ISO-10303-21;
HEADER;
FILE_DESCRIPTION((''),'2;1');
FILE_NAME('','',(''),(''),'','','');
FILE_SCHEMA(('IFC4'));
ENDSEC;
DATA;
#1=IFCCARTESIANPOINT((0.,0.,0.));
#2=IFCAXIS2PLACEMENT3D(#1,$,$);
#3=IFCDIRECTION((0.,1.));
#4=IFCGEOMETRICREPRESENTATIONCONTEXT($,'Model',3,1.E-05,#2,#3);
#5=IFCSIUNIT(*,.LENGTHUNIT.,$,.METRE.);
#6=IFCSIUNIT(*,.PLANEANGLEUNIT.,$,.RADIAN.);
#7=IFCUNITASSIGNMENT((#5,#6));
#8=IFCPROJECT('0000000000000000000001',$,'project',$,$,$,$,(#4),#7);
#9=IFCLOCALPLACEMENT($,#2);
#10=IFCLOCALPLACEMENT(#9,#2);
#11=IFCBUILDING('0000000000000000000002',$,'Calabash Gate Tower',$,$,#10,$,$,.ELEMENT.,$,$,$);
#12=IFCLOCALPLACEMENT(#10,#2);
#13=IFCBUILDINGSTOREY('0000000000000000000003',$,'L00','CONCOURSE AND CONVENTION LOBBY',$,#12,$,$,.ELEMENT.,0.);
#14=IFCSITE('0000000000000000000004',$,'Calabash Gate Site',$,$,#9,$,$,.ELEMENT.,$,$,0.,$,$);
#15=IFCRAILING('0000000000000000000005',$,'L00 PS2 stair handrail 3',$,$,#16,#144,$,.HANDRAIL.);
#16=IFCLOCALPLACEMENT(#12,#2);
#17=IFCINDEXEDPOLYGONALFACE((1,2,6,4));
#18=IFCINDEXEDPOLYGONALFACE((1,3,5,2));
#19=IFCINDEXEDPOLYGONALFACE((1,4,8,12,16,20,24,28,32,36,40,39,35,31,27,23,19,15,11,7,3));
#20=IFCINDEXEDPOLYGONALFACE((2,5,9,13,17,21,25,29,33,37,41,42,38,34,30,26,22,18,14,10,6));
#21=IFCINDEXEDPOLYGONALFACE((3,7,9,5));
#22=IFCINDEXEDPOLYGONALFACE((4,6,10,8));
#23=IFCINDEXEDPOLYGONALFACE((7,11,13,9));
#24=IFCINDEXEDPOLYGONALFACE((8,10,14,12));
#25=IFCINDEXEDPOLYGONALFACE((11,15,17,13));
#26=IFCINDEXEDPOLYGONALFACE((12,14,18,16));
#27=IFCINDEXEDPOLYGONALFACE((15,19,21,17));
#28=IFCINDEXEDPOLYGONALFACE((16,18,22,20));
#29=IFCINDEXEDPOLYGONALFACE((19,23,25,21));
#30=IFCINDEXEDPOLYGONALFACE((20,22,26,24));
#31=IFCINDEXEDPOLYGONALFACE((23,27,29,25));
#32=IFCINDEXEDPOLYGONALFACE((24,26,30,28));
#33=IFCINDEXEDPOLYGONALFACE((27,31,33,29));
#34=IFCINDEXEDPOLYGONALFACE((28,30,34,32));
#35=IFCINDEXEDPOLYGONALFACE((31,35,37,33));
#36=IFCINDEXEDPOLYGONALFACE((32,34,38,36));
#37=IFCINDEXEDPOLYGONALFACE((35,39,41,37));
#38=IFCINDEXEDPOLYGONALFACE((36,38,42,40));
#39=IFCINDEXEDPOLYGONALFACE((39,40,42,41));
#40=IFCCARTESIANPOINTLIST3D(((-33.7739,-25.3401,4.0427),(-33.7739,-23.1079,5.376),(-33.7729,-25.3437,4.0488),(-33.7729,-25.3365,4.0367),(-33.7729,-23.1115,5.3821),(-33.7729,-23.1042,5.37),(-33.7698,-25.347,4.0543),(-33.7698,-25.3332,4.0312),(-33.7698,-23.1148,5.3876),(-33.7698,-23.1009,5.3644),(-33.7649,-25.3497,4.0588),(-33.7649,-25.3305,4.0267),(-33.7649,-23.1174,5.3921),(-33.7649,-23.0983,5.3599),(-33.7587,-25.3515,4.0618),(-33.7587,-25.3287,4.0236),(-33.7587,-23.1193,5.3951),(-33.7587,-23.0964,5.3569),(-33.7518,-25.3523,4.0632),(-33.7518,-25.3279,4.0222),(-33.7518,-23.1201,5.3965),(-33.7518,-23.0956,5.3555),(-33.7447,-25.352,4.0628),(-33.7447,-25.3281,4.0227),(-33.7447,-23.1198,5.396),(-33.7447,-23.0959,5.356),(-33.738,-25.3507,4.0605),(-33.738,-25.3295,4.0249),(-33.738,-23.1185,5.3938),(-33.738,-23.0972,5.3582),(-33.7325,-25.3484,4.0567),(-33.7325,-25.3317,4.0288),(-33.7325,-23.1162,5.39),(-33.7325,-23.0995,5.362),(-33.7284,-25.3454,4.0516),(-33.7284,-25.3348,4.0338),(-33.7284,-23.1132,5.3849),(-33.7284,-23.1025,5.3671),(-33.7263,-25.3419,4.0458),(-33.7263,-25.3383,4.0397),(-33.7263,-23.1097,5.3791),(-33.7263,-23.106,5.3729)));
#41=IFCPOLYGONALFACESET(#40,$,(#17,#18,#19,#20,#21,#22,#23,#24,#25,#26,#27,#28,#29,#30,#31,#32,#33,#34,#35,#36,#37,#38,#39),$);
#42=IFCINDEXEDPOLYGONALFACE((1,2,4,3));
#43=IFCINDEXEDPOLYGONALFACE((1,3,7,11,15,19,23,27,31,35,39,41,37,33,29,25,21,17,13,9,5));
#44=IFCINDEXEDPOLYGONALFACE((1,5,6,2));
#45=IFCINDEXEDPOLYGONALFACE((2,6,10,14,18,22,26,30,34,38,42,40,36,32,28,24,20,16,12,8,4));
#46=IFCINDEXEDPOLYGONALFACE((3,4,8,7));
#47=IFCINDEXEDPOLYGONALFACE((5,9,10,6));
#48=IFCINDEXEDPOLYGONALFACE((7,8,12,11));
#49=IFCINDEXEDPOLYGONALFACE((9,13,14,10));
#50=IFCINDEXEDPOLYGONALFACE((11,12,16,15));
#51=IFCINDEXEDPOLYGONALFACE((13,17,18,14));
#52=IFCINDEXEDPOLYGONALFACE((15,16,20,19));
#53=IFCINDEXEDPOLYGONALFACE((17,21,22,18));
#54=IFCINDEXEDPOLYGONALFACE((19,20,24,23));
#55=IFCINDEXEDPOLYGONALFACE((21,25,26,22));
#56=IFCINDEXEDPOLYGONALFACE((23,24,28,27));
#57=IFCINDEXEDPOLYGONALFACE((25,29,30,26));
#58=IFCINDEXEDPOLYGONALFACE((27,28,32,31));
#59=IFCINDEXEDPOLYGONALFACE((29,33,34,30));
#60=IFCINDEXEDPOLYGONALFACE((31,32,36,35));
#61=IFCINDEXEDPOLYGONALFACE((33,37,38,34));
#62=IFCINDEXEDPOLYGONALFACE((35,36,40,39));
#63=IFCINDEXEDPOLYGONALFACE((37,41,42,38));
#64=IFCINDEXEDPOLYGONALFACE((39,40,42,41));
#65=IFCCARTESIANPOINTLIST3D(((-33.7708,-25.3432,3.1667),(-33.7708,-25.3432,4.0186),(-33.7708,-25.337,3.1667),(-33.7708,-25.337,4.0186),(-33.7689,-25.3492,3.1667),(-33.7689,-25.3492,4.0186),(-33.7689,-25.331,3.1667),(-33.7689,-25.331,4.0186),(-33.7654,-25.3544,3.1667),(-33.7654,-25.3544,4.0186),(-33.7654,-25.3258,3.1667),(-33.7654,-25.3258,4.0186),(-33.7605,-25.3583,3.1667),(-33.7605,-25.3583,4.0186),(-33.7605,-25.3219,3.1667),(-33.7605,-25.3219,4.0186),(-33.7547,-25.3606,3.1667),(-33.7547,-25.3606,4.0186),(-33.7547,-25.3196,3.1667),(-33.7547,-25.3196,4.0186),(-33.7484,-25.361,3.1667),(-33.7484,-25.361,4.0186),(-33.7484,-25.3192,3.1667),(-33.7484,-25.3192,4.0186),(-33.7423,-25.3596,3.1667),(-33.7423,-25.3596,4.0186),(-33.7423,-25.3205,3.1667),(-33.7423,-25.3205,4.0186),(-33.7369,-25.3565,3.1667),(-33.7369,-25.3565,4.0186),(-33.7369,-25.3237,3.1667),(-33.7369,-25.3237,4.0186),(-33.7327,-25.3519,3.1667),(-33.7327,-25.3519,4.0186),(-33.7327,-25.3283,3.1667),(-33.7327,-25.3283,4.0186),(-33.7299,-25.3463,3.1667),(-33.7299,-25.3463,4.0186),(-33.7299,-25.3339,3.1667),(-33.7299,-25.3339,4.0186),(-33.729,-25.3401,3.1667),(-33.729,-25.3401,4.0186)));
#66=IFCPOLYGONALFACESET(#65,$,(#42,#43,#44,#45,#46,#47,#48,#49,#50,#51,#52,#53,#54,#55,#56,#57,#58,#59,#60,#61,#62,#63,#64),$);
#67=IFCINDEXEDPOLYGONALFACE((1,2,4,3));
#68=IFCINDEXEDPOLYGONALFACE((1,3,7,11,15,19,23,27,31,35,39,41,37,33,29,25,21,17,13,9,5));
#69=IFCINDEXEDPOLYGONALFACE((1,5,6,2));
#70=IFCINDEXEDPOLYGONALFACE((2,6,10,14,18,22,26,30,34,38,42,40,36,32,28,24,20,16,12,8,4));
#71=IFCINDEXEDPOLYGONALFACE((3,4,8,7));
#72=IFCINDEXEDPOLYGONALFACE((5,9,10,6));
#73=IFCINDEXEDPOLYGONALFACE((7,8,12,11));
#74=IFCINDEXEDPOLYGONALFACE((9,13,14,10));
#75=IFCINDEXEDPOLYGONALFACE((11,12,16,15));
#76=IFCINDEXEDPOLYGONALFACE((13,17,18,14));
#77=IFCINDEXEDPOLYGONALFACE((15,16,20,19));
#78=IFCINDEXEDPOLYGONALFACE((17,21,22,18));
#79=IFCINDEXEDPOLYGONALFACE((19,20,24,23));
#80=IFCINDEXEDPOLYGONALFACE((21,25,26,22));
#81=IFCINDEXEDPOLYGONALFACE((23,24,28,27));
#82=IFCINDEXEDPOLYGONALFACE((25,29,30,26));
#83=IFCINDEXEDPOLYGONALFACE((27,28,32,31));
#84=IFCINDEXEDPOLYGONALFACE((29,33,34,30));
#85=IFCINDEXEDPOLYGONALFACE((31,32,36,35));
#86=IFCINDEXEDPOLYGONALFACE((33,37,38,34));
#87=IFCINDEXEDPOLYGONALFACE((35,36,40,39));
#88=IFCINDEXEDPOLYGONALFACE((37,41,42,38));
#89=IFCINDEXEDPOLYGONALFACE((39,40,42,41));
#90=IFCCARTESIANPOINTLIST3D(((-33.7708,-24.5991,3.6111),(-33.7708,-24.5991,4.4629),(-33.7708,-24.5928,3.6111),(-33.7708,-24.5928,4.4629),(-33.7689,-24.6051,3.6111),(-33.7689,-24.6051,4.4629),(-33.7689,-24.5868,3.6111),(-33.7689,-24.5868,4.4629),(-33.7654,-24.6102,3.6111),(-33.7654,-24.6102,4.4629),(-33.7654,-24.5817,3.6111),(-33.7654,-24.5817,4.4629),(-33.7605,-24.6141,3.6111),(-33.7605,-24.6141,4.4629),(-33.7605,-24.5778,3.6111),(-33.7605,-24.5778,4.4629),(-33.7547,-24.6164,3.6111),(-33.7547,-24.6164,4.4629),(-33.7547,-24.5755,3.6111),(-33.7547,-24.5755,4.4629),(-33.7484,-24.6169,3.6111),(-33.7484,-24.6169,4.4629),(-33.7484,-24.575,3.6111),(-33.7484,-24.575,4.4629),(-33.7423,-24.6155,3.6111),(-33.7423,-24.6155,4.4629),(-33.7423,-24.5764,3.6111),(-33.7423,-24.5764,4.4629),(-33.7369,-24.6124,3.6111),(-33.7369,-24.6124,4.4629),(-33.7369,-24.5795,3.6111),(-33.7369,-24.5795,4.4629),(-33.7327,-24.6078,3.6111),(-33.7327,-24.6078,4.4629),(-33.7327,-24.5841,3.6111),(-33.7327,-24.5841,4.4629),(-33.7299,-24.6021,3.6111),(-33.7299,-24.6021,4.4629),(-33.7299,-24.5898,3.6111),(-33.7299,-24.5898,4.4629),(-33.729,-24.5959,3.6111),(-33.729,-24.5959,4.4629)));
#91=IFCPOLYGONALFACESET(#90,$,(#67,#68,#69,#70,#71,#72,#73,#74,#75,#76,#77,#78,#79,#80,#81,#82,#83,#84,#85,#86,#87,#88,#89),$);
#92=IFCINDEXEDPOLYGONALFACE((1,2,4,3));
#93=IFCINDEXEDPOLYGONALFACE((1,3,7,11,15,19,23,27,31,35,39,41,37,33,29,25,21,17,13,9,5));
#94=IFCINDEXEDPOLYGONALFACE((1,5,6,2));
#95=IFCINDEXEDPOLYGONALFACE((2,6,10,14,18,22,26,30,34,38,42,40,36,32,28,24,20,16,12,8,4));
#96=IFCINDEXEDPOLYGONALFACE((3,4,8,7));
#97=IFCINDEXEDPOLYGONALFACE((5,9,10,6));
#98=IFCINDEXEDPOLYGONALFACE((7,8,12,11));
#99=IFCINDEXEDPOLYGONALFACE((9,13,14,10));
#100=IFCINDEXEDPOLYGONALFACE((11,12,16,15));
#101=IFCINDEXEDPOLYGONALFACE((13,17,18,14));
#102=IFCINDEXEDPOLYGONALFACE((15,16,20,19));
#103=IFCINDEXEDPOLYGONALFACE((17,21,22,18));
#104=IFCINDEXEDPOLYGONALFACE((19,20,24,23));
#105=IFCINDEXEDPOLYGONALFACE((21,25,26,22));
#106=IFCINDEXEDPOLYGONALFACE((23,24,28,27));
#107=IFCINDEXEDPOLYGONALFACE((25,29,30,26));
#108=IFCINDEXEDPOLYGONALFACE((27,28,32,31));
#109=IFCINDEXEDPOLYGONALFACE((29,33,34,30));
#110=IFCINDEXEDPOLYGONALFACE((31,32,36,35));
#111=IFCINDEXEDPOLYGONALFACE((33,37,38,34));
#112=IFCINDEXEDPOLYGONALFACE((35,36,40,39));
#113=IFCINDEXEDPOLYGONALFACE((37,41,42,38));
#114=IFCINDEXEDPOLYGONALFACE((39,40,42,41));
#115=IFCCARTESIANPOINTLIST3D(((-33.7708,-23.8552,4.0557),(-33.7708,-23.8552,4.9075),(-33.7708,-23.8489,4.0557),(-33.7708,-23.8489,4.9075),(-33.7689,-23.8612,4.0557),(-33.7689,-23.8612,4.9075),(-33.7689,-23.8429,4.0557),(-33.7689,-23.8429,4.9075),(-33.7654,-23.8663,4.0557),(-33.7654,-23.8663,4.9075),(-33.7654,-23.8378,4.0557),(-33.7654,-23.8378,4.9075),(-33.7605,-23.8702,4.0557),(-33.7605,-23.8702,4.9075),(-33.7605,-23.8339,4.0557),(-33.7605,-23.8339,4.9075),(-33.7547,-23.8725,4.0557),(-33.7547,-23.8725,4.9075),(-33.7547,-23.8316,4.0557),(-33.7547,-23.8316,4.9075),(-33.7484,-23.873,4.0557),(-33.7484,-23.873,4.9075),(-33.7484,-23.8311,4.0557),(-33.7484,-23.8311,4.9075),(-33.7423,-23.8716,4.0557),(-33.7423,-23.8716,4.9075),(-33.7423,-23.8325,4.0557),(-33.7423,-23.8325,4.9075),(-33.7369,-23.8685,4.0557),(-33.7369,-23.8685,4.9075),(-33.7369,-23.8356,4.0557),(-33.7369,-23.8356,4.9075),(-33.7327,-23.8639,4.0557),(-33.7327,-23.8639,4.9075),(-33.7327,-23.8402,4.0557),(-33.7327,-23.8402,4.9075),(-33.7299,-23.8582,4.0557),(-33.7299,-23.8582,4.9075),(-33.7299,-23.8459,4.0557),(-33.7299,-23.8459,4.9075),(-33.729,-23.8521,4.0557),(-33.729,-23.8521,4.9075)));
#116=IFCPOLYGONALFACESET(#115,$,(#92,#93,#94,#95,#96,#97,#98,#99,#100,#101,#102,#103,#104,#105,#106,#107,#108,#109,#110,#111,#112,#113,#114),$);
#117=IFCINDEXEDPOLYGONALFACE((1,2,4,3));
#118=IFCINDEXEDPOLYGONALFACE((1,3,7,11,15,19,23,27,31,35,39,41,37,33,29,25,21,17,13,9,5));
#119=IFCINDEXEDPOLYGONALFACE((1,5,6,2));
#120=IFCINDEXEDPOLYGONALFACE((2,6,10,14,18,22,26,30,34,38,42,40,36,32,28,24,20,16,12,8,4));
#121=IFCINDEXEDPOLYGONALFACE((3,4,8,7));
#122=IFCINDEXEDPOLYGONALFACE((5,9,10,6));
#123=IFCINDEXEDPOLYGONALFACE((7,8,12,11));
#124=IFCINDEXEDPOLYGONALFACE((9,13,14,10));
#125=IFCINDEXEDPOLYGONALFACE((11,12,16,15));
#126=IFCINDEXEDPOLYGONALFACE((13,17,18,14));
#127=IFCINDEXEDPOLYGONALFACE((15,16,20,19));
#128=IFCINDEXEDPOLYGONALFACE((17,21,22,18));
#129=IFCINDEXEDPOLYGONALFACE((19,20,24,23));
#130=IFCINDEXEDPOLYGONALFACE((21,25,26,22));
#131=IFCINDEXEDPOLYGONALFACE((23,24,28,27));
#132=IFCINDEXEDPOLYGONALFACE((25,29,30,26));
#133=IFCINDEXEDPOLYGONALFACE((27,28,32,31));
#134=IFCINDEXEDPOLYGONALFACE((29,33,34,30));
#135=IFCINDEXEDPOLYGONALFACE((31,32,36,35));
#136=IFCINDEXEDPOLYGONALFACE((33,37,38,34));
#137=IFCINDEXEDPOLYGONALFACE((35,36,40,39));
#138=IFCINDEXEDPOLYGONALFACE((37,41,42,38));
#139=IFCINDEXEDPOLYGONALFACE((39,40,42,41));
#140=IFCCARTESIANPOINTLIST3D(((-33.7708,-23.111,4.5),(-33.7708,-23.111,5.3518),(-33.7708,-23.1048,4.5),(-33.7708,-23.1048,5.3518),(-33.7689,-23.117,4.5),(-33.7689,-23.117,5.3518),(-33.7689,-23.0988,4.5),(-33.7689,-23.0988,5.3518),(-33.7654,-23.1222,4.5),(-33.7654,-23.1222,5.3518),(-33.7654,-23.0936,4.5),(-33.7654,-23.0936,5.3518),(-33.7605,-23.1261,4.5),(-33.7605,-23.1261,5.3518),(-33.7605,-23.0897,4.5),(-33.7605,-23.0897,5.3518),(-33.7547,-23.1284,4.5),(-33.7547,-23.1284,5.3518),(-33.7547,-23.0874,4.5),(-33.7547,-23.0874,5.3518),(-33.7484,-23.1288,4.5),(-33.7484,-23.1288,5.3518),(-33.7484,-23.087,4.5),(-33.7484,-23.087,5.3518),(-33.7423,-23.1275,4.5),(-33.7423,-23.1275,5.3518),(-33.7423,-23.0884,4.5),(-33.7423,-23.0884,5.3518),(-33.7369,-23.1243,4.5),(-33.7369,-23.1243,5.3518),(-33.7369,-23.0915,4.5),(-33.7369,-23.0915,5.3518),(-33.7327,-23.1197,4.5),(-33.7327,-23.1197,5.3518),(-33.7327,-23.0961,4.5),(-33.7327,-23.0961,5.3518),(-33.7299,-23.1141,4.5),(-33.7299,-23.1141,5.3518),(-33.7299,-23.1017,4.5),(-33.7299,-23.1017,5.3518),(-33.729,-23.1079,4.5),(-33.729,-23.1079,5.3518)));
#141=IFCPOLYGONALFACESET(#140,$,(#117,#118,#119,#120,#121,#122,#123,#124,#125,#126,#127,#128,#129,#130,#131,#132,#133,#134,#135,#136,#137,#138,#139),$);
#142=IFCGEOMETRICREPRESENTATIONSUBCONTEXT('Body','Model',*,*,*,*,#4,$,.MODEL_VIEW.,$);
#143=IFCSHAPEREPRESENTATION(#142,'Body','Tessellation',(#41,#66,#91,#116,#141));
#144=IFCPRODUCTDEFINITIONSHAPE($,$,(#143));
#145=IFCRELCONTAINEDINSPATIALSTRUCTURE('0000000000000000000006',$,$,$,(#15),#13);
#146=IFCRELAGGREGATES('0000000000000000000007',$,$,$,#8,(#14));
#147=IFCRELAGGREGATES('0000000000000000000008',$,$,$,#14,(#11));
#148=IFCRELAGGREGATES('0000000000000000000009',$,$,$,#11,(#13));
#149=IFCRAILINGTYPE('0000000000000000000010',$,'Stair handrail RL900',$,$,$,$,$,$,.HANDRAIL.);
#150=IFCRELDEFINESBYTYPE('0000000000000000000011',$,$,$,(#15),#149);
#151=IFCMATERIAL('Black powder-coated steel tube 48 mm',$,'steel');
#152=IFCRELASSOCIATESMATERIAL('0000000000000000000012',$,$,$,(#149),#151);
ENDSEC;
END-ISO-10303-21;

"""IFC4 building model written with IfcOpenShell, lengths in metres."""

from ifc_helpers import new_model, si_unit, direction, frame, origin, origin_2d, place, context, subcontext, project, spatial, circle, extrude, material, type_object, element, save


model = new_model("IFC4")

# Units and contexts
model_context = context("Model", 3, precision=1e-05, world=origin(), true_north=direction((0.0, 1.0)))
body_context = subcontext(model_context, "Body", "Model", "MODEL_VIEW")
ifc_project = project(units=[si_unit("LENGTHUNIT", "METRE"), si_unit("PLANEANGLEUNIT", "RADIAN")], contexts=[model_context])

# Site, building, storey
site_placement = place(None, origin())
site = spatial("IfcSite", under=ifc_project, at=site_placement, Name="Calabash Gate Site", CompositionType="ELEMENT", RefElevation=0.0)
building_placement = place(site_placement, origin())
building = spatial("IfcBuilding", under=site, at=building_placement, Name="Calabash Gate Tower", CompositionType="ELEMENT")
storey_placement = place(building_placement, origin())
storey = spatial("IfcBuildingStorey", under=building, at=storey_placement, Name="L00", Description="CONCOURSE AND CONVENTION LOBBY", CompositionType="ELEMENT", Elevation=0.0)

# Railing
ifc_material_1 = material(Name="Black powder-coated steel tube 48 mm", Category="steel")
railing_type = type_object("IfcRailingType", Name="Stair handrail RL900", PredefinedType="HANDRAIL", material=ifc_material_1)
for number, where, name in (
    (1, (-33.75, -25.3401, 3.1667), "L00 PS2 stair handrail 3"),
):
    element("IfcRailing", number, at=place(storey_placement, frame(where)), inside=storey, type_object=railing_type, Name=name, PredefinedType="HANDRAIL", context=body_context, shape_type="SweptSolid", body=[
        extrude(circle(Radius=0.0239, at=origin_2d()), frame((0.0, 0.0, 0.876), z_axis=(0.0, 0.858519, 0.512782), x_axis=(-1.0, 0.0, 0.0)), (0.0, 0.0, 1.0), 2.6001),
        extrude(circle(Radius=0.021, at=origin_2d()), origin(), (0.0, 0.0, 1.0), 0.8518),
        extrude(circle(Radius=0.021, at=origin_2d()), frame((0.0, 0.7441, 0.4443)), (0.0, 0.0, 1.0), 0.8518),
        extrude(circle(Radius=0.021, at=origin_2d()), frame((0.0, 1.488, 0.8889)), (0.0, 0.0, 1.0), 0.8518),
        extrude(circle(Radius=0.021, at=origin_2d()), frame((0.0, 2.2322, 1.3333)), (0.0, 0.0, 1.0), 0.8518),
    ])

save(model, "model.ifc")
